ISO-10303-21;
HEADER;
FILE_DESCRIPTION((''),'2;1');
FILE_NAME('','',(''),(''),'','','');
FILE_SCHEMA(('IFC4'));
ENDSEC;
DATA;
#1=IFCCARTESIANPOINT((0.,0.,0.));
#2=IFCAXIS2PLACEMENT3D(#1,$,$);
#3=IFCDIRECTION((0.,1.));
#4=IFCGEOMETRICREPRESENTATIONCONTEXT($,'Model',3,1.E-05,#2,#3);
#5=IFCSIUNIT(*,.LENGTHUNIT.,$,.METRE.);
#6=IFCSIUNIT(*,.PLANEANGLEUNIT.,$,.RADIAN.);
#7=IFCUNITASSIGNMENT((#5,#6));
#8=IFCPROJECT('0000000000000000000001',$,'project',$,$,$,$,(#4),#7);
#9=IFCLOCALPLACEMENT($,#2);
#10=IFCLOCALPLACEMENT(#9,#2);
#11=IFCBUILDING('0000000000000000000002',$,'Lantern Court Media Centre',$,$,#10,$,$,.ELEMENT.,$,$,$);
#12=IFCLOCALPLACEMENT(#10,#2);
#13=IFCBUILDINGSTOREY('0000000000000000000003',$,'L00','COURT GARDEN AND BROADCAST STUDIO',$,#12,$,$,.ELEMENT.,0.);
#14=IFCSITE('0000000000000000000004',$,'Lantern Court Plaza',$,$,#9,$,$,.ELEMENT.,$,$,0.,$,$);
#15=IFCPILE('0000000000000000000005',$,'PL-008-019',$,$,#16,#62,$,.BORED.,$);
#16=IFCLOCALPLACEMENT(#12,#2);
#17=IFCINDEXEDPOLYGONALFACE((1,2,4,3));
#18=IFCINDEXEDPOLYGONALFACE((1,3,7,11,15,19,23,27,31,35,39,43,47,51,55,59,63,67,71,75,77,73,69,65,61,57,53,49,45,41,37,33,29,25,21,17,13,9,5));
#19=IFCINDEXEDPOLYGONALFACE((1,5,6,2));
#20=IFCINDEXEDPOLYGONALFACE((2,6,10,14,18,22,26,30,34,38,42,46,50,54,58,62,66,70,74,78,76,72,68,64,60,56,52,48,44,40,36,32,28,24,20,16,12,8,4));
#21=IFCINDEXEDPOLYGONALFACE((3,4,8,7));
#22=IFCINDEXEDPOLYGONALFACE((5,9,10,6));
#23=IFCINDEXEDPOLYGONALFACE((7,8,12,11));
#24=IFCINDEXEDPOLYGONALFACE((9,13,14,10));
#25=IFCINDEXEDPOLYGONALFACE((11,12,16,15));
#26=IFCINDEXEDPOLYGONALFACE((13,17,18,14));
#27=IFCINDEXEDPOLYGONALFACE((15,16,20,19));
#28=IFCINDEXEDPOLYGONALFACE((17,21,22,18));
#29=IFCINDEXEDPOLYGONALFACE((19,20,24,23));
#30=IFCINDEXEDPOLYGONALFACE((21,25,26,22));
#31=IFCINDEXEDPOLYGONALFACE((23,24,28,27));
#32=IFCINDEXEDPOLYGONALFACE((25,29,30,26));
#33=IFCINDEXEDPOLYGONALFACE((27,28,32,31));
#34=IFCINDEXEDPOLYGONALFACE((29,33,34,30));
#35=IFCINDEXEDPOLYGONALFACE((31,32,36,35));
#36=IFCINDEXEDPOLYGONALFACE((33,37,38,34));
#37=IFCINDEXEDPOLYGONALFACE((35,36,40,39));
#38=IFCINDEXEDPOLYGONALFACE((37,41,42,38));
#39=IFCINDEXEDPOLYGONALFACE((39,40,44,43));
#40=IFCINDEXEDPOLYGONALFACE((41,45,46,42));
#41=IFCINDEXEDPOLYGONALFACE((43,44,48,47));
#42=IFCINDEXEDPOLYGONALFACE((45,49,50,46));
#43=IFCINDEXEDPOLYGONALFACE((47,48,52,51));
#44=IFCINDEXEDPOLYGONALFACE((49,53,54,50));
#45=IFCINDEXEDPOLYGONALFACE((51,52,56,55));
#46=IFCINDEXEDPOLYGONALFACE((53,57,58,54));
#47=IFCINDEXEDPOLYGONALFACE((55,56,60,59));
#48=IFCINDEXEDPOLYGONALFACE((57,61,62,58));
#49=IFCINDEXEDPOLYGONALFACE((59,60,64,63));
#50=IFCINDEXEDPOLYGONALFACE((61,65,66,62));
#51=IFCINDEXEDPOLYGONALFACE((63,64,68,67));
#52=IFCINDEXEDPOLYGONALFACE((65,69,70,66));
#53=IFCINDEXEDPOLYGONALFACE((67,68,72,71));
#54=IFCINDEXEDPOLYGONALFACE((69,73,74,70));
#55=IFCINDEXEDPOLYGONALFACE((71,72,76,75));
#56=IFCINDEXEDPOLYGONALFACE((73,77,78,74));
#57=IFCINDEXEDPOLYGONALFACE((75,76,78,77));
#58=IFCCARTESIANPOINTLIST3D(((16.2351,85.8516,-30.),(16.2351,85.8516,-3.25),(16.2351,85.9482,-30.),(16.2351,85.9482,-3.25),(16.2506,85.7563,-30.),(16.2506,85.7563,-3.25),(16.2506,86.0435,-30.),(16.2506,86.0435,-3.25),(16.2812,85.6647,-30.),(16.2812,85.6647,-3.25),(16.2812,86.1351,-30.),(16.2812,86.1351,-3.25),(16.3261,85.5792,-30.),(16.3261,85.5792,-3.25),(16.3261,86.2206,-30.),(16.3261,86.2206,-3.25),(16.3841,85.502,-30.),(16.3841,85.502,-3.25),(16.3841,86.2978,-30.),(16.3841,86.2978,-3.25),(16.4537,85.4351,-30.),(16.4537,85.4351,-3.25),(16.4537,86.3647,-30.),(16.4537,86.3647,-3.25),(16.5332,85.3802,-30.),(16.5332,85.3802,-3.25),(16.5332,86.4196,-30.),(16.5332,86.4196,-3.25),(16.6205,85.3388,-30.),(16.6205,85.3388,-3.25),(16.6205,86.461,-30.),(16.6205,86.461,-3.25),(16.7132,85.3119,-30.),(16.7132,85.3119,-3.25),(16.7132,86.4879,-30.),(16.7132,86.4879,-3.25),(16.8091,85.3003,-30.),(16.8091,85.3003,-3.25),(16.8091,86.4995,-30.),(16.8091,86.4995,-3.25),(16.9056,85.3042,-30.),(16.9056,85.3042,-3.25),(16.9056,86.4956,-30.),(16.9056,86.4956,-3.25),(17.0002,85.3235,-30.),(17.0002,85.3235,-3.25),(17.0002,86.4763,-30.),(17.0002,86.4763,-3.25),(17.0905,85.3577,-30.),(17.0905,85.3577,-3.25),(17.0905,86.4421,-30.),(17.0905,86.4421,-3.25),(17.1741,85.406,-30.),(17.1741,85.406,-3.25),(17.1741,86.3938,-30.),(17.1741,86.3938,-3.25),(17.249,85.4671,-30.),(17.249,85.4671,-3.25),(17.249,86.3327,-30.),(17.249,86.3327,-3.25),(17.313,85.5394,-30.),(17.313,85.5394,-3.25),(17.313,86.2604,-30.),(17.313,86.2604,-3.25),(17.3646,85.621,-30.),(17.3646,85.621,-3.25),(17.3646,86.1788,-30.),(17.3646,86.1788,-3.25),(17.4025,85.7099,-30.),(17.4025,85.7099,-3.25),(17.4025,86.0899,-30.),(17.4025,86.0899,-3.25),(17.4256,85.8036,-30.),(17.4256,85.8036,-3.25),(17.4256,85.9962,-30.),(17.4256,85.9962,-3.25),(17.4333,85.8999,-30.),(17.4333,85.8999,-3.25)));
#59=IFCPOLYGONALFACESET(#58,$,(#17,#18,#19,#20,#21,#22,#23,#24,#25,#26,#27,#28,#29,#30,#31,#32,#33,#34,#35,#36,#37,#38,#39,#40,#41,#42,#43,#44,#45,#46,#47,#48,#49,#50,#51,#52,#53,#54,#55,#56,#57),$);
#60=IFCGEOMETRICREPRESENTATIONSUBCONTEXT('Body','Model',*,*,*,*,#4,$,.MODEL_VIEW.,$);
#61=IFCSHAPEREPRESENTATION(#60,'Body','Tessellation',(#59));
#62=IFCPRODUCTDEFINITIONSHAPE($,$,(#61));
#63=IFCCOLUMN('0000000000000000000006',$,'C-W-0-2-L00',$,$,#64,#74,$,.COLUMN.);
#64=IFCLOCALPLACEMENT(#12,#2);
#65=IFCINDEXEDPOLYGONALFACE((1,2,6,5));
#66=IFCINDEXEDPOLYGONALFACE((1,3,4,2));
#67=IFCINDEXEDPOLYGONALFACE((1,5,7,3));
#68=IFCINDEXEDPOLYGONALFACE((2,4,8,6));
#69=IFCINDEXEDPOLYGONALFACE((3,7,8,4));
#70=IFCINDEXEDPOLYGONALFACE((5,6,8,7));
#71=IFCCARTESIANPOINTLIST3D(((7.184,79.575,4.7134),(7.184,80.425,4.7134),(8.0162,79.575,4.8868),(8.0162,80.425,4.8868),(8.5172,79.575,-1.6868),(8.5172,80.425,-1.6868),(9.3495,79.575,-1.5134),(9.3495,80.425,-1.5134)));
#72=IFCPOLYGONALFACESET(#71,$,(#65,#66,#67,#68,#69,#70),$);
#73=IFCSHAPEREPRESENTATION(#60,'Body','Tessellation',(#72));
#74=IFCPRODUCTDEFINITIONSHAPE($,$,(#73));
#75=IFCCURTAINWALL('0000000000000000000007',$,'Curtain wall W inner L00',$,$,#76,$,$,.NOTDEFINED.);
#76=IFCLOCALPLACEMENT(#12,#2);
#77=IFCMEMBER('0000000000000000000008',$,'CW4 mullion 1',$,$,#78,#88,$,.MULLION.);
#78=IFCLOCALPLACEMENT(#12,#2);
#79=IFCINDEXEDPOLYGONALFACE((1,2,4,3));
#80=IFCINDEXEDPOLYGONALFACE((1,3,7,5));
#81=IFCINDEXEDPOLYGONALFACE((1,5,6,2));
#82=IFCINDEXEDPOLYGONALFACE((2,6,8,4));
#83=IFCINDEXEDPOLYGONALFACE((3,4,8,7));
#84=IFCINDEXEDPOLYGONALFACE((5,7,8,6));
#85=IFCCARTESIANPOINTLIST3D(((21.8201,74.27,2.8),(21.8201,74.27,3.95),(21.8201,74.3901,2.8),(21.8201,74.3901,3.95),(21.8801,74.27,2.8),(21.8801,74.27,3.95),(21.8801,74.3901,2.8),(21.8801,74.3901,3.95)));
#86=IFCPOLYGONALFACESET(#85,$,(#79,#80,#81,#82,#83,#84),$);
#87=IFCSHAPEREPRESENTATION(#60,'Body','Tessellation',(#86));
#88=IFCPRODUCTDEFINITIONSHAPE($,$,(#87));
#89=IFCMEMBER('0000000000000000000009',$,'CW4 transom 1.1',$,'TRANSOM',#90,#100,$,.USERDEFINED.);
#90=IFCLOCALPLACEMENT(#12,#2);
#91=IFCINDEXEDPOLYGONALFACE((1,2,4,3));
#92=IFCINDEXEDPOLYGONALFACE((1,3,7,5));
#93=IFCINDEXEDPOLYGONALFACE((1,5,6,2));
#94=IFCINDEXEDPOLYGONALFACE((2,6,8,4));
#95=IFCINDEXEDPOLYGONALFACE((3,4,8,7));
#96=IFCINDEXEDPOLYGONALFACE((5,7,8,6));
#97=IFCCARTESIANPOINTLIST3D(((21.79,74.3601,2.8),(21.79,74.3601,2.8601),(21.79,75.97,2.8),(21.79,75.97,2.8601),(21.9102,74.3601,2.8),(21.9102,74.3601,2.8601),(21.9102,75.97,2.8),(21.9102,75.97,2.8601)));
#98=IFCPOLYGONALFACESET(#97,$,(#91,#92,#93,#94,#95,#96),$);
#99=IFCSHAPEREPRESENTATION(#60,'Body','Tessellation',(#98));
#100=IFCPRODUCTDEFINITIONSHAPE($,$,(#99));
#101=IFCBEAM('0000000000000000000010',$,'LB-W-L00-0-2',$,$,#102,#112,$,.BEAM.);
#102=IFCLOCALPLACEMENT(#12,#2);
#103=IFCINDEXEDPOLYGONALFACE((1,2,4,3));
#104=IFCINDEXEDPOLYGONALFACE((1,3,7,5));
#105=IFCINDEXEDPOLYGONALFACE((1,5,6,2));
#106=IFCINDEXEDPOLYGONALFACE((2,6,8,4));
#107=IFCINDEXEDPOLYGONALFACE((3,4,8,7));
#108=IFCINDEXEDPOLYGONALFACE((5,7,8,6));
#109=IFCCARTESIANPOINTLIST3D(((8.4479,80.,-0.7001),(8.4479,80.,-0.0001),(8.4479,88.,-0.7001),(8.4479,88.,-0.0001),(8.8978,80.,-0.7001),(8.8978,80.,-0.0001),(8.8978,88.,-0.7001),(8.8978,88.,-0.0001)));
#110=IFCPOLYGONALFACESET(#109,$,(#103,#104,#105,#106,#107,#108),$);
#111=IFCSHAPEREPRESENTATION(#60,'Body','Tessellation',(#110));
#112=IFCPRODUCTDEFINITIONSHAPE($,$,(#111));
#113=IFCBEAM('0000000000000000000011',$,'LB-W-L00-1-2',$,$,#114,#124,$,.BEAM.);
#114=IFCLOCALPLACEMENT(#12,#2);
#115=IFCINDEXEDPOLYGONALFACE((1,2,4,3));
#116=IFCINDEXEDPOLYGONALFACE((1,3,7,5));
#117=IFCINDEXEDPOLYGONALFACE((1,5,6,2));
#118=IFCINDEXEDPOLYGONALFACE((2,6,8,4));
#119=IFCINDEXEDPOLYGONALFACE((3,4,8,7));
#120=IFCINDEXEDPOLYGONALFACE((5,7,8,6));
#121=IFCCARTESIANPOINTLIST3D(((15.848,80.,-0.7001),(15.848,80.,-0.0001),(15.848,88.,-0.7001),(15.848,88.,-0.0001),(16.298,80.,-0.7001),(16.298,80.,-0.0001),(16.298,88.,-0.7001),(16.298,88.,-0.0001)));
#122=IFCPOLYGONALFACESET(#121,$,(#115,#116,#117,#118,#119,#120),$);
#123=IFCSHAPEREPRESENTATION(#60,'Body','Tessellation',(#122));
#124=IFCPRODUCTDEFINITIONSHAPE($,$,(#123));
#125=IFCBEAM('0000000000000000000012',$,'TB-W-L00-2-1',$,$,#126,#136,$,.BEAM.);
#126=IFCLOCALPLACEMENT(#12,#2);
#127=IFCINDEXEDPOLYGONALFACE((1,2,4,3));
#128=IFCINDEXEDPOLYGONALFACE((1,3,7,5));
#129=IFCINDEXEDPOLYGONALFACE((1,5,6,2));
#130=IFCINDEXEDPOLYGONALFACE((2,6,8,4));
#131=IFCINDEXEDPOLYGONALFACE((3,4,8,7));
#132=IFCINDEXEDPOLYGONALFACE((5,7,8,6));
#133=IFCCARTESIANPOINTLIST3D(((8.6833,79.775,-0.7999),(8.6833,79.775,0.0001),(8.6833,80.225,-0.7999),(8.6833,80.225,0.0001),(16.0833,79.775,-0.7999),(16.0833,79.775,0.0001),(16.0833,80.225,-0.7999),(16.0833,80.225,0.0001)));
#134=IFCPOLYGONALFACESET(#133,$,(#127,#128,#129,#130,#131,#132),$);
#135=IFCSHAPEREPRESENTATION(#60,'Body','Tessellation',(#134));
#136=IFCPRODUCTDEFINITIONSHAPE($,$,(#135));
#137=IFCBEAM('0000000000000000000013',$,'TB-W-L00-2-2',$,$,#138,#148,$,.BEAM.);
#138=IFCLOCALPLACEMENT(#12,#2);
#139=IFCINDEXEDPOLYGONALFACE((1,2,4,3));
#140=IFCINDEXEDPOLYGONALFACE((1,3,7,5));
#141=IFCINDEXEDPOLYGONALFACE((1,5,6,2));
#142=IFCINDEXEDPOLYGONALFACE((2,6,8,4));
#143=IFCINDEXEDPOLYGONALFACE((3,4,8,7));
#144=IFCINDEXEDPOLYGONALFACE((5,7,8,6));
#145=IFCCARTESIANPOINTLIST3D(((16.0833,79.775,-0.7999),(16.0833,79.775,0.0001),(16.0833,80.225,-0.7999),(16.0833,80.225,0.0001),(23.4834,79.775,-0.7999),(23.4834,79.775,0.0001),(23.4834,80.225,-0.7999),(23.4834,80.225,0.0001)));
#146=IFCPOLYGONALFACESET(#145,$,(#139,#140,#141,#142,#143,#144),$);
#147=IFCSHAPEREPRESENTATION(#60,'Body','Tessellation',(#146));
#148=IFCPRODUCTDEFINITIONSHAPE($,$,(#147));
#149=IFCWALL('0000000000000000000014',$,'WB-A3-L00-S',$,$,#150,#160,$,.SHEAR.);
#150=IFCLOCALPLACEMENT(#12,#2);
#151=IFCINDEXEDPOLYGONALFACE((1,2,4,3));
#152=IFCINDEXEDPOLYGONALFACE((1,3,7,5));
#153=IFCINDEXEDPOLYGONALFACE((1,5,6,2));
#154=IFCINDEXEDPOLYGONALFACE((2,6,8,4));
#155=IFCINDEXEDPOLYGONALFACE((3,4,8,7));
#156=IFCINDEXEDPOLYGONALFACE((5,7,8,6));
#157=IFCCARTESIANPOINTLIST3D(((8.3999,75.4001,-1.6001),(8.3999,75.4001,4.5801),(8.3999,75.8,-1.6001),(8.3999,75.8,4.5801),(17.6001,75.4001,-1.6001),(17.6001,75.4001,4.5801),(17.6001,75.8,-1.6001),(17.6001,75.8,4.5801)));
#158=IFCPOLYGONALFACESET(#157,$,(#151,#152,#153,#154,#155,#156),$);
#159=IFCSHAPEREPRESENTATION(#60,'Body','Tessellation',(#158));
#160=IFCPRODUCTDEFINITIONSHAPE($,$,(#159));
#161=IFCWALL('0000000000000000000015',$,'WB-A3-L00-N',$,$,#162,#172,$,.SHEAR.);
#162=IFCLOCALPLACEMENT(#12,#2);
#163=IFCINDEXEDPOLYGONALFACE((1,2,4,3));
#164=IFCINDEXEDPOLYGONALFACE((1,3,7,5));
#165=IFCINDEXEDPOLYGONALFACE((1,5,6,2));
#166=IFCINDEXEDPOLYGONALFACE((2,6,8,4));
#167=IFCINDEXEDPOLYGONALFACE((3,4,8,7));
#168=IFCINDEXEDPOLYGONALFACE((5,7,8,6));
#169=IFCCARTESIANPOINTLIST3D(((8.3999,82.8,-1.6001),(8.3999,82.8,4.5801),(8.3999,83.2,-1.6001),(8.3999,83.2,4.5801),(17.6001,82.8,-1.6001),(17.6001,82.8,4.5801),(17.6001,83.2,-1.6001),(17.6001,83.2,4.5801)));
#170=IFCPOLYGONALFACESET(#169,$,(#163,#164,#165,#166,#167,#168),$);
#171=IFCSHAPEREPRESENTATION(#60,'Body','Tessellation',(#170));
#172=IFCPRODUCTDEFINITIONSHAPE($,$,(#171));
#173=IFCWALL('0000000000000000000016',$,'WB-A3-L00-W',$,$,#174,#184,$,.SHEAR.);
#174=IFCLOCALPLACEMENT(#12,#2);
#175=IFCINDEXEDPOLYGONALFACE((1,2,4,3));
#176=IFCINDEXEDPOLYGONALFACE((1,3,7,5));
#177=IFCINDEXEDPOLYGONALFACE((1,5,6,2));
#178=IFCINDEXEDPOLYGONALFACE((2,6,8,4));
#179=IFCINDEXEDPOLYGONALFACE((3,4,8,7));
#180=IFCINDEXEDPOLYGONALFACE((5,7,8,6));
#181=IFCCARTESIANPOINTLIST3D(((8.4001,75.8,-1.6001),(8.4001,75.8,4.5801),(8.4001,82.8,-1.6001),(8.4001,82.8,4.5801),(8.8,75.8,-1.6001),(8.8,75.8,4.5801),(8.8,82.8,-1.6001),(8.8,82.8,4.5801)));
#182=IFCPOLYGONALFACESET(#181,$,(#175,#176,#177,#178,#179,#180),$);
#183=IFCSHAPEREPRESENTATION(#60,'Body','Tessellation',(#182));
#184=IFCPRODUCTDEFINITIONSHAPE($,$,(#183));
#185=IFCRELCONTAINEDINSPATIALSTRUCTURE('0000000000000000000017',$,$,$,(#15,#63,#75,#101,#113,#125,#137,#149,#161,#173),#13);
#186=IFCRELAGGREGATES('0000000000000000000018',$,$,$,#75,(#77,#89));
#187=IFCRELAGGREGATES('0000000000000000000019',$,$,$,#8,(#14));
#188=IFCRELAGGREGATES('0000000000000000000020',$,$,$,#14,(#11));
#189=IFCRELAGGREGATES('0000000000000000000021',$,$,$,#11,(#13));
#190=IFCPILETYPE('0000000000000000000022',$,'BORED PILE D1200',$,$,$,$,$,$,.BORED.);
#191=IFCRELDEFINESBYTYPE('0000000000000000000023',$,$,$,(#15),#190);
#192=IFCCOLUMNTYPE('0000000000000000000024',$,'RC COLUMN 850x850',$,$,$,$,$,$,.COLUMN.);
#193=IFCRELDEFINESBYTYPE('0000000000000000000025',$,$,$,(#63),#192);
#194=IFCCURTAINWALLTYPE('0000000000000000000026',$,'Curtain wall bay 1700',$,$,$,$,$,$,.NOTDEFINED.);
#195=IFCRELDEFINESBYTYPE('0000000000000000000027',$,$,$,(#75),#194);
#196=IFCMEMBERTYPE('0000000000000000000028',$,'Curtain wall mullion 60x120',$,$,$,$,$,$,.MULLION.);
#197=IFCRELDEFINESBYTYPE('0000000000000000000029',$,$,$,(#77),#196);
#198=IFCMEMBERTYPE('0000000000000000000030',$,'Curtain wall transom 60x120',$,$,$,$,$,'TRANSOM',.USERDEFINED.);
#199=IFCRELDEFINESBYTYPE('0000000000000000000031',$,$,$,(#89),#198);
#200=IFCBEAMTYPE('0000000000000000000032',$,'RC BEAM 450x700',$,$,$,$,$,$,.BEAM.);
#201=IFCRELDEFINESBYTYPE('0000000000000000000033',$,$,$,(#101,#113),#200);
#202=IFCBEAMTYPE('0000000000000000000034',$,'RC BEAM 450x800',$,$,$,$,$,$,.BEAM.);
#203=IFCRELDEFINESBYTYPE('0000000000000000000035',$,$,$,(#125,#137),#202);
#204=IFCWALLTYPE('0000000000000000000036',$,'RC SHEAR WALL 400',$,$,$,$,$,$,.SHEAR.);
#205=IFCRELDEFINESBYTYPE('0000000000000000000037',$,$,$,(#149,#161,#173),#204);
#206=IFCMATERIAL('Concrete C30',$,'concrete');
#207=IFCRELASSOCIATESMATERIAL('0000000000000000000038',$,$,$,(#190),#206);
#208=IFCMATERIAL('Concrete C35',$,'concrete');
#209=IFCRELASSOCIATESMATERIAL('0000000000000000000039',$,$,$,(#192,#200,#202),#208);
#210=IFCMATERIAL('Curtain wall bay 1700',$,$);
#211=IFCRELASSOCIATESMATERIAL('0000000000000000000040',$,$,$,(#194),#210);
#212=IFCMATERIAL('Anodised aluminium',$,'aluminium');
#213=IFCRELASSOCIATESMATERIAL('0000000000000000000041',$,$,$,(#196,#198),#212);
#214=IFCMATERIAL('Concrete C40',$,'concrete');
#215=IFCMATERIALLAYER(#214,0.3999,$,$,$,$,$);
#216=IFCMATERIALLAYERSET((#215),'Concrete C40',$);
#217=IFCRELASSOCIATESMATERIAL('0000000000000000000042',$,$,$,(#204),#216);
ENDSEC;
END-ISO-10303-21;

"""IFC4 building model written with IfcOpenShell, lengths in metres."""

from ifc_helpers import new_model, si_unit, direction, frame, frame_2d, origin, origin_2d, place, context, subcontext, project, spatial, rectangle, circle, extrude, material, layer, layer_set, material_profile, profile_set, type_object, element, aggregate, save


model = new_model("IFC4")

# Units and contexts
model_context = context("Model", 3, precision=1e-05, world=origin(), true_north=direction((0.0, 1.0)))
body_context = subcontext(model_context, "Body", "Model", "MODEL_VIEW")
ifc_project = project(units=[si_unit("LENGTHUNIT", "METRE"), si_unit("PLANEANGLEUNIT", "RADIAN")], contexts=[model_context])

# Site, building, storey
site_placement = place(None, origin())
site = spatial("IfcSite", under=ifc_project, at=site_placement, Name="Lantern Court Plaza", CompositionType="ELEMENT", RefElevation=0.0)
building_placement = place(site_placement, origin())
building = spatial("IfcBuilding", under=site, at=building_placement, Name="Lantern Court Media Centre", CompositionType="ELEMENT")
storey_placement = place(building_placement, origin())
storey = spatial("IfcBuildingStorey", under=building, at=storey_placement, Name="L00", Description="COURT GARDEN AND BROADCAST STUDIO", CompositionType="ELEMENT", Elevation=0.0)

# Pile
ifc_material_1 = material(Name="Concrete C30", Category="concrete")
ifc_material_profile_1 = material_profile(ifc_material_1, circle(Radius=0.6001, at=origin_2d()), Name="D1200")
ifc_profile_set_1 = profile_set([ifc_material_profile_1], Name="Concrete C30")
pile_type = type_object("IfcPileType", Name="BORED PILE D1200", PredefinedType="BORED", material=ifc_profile_set_1)
for number, where, z_axis, x_axis, name in (
    (1, (16.8333, 85.8999, -3.25), (0.0, 0.0, -1.0), (1.0, 0.0, 0.0), "PL-008-019"),
):
    element("IfcPile", number, at=place(storey_placement, frame(where, z_axis=z_axis, x_axis=x_axis)), inside=storey, type_object=pile_type, Name=name, PredefinedType="BORED", context=body_context, shape_type="SweptSolid", body=[
        extrude(circle(Radius=0.6001, at=origin_2d()), origin(), (0.0, 0.0, 1.0), 26.75),
    ])

# Column
ifc_material_2 = material(Name="Concrete C35", Category="concrete")
ifc_material_profile_2 = material_profile(ifc_material_2, rectangle(XDim=0.8501, YDim=0.8501, at=origin_2d()), Name="RC 850x850")
ifc_profile_set_2 = profile_set([ifc_material_profile_2], Name="Concrete C35")
column_type = type_object("IfcColumnType", Name="RC COLUMN 850x850", PredefinedType="COLUMN", material=ifc_profile_set_2)
column_placement = place(storey_placement, frame((8.9333, 80.0, -1.6001), z_axis=(-0.203938, 0.0, 0.978984), x_axis=(0.0, -1.0, 0.0)))
element("IfcColumn", 2, at=column_placement, inside=storey, type_object=column_type, Name="C-W-0-2-L00", PredefinedType="COLUMN", context=body_context, shape_type="SweptSolid", body=[
    extrude(rectangle(XDim=0.8501, YDim=0.8501, at=origin_2d()), origin(), (0.0, 0.0, 1.0), 6.5376),
])

# Curtain wall, members
ifc_material_3 = material(Name="Curtain wall bay 1700")
curtain_wall_type = type_object("IfcCurtainWallType", Name="Curtain wall bay 1700", PredefinedType="NOTDEFINED", material=ifc_material_3)
curtain_wall_placement = place(storey_placement, origin())
curtain_wall = element("IfcCurtainWall", 3, at=curtain_wall_placement, inside=storey, type_object=curtain_wall_type, Name="Curtain wall W inner L00", PredefinedType="NOTDEFINED")
ifc_material_4 = material(Name="Anodised aluminium", Category="aluminium")
ifc_material_profile_3 = material_profile(ifc_material_4, rectangle(XDim=0.0601, YDim=0.1201, at=origin_2d()), Name="AL 60x120")
ifc_profile_set_3 = profile_set([ifc_material_profile_3], Name="Anodised aluminium")
member_type_1 = type_object("IfcMemberType", Name="Curtain wall mullion 60x120", PredefinedType="MULLION", material=ifc_profile_set_3)
member_1_placement = place(storey_placement, frame((21.8501, 74.3301, 2.8), z_axis=(0.0, 0.0, 1.0), x_axis=(-1.0, 0.0, 0.0)))
member_1 = element("IfcMember", 4, at=member_1_placement, type_object=member_type_1, Name="CW4 mullion 1", PredefinedType="MULLION", context=body_context, shape_type="SweptSolid", body=[
    extrude(rectangle(XDim=0.0601, YDim=0.1201, at=origin_2d()), origin(), (0.0, 0.0, 1.0), 1.1499),
])
ifc_material_profile_4 = material_profile(ifc_material_4, rectangle(XDim=0.1201, YDim=0.0601, at=origin_2d()), Name="AL 60x120")
ifc_profile_set_4 = profile_set([ifc_material_profile_4], Name="Anodised aluminium")
member_type_2 = type_object("IfcMemberType", Name="Curtain wall transom 60x120", ElementType="TRANSOM", PredefinedType="USERDEFINED", material=ifc_profile_set_4)
member_2_placement = place(storey_placement, frame((21.8501, 74.3601, 2.8301), z_axis=(0.0, 1.0, 0.0), x_axis=(-1.0, 0.0, 0.0)))
member_2 = element("IfcMember", 5, at=member_2_placement, type_object=member_type_2, Name="CW4 transom 1.1", ObjectType="TRANSOM", PredefinedType="USERDEFINED", context=body_context, shape_type="SweptSolid", body=[
    extrude(rectangle(XDim=0.1201, YDim=0.0601, at=origin_2d()), origin(), (0.0, 0.0, 1.0), 1.6099),
])
aggregate(curtain_wall, [member_1, member_2])

# Beams
ifc_material_profile_5 = material_profile(ifc_material_2, rectangle(XDim=0.45, YDim=0.7, at=origin_2d()), Name="RC 450x700")
ifc_profile_set_5 = profile_set([ifc_material_profile_5], Name="Concrete C35")
beam_type_1 = type_object("IfcBeamType", Name="RC BEAM 450x700", PredefinedType="BEAM", material=ifc_profile_set_5)
for number, where, z_axis, x_axis, name in (
    (6, (8.6729, 80.0, -0.3501), (0.0, 1.0, 0.0), (-1.0, 0.0, 0.0), "LB-W-L00-0-2"),
    (7, (16.073, 80.0, -0.3501), (0.0, 1.0, 0.0), (-1.0, 0.0, 0.0), "LB-W-L00-1-2"),
):
    element("IfcBeam", number, at=place(storey_placement, frame(where, z_axis=z_axis, x_axis=x_axis)), inside=storey, type_object=beam_type_1, Name=name, PredefinedType="BEAM", context=body_context, shape_type="SweptSolid", body=[
        extrude(rectangle(XDim=0.45, YDim=0.7, at=origin_2d()), origin(), (0.0, 0.0, 1.0), 8.0),
    ])
ifc_material_profile_6 = material_profile(ifc_material_2, rectangle(XDim=0.45, YDim=0.8, at=origin_2d()), Name="RC 450x800")
ifc_profile_set_6 = profile_set([ifc_material_profile_6], Name="Concrete C35")
beam_type_2 = type_object("IfcBeamType", Name="RC BEAM 450x800", PredefinedType="BEAM", material=ifc_profile_set_6)
beam_1_placement = place(storey_placement, frame((8.6833, 80.0, -0.3999), z_axis=(1.0, 0.0, 0.0), x_axis=(0.0, 1.0, 0.0)))
element("IfcBeam", 8, at=beam_1_placement, inside=storey, type_object=beam_type_2, Name="TB-W-L00-2-1", PredefinedType="BEAM", context=body_context, shape_type="SweptSolid", body=[
    extrude(rectangle(XDim=0.45, YDim=0.8, at=origin_2d()), origin(), (0.0, 0.0, 1.0), 7.3999),
])
beam_2_placement = place(storey_placement, frame((16.0833, 80.0, -0.3999), z_axis=(1.0, 0.0, 0.0), x_axis=(0.0, 1.0, 0.0)))
element("IfcBeam", 9, at=beam_2_placement, inside=storey, type_object=beam_type_2, Name="TB-W-L00-2-2", PredefinedType="BEAM", context=body_context, shape_type="SweptSolid", body=[
    extrude(rectangle(XDim=0.45, YDim=0.8, at=origin_2d()), origin(), (0.0, 0.0, 1.0), 7.4001),
])

# Walls
ifc_material_5 = material(Name="Concrete C40", Category="concrete")
ifc_layer_1 = layer(ifc_material_5, 0.3999)
ifc_layer_set_1 = layer_set([ifc_layer_1], Name="Concrete C40")
wall_type_1 = type_object("IfcWallType", Name="RC SHEAR WALL 400", PredefinedType="SHEAR", material=ifc_layer_set_1)
for number, where, z_axis, x_axis, name in (
    (10, (8.3999, 75.6001, -1.6001), (0.0, 0.0, 1.0), (1.0, 0.0, 0.0), "WB-A3-L00-S"),
    (11, (8.3999, 83.0, -1.6001), (0.0, 0.0, 1.0), (1.0, 0.0, 0.0), "WB-A3-L00-N"),
):
    element("IfcWall", number, at=place(storey_placement, frame(where, z_axis=z_axis, x_axis=x_axis)), inside=storey, type_object=wall_type_1, Name=name, PredefinedType="SHEAR", context=body_context, shape_type="SweptSolid", body=[
        extrude(rectangle(XDim=9.2002, YDim=0.3999, at=frame_2d((4.6001, 0.0))), origin(), (0.0, 0.0, 1.0), 6.1802),
    ])
wall_1_placement = place(storey_placement, frame((8.6001, 75.8, -1.6001), z_axis=(0.0, 0.0, 1.0), x_axis=(0.0, 1.0, 0.0)))
element("IfcWall", 12, at=wall_1_placement, inside=storey, type_object=wall_type_1, Name="WB-A3-L00-W", PredefinedType="SHEAR", context=body_context, shape_type="SweptSolid", body=[
    extrude(rectangle(XDim=7.0, YDim=0.3999, at=frame_2d((3.5, 0.0))), origin(), (0.0, 0.0, 1.0), 6.1802),
])

save(model, "model.ifc")
